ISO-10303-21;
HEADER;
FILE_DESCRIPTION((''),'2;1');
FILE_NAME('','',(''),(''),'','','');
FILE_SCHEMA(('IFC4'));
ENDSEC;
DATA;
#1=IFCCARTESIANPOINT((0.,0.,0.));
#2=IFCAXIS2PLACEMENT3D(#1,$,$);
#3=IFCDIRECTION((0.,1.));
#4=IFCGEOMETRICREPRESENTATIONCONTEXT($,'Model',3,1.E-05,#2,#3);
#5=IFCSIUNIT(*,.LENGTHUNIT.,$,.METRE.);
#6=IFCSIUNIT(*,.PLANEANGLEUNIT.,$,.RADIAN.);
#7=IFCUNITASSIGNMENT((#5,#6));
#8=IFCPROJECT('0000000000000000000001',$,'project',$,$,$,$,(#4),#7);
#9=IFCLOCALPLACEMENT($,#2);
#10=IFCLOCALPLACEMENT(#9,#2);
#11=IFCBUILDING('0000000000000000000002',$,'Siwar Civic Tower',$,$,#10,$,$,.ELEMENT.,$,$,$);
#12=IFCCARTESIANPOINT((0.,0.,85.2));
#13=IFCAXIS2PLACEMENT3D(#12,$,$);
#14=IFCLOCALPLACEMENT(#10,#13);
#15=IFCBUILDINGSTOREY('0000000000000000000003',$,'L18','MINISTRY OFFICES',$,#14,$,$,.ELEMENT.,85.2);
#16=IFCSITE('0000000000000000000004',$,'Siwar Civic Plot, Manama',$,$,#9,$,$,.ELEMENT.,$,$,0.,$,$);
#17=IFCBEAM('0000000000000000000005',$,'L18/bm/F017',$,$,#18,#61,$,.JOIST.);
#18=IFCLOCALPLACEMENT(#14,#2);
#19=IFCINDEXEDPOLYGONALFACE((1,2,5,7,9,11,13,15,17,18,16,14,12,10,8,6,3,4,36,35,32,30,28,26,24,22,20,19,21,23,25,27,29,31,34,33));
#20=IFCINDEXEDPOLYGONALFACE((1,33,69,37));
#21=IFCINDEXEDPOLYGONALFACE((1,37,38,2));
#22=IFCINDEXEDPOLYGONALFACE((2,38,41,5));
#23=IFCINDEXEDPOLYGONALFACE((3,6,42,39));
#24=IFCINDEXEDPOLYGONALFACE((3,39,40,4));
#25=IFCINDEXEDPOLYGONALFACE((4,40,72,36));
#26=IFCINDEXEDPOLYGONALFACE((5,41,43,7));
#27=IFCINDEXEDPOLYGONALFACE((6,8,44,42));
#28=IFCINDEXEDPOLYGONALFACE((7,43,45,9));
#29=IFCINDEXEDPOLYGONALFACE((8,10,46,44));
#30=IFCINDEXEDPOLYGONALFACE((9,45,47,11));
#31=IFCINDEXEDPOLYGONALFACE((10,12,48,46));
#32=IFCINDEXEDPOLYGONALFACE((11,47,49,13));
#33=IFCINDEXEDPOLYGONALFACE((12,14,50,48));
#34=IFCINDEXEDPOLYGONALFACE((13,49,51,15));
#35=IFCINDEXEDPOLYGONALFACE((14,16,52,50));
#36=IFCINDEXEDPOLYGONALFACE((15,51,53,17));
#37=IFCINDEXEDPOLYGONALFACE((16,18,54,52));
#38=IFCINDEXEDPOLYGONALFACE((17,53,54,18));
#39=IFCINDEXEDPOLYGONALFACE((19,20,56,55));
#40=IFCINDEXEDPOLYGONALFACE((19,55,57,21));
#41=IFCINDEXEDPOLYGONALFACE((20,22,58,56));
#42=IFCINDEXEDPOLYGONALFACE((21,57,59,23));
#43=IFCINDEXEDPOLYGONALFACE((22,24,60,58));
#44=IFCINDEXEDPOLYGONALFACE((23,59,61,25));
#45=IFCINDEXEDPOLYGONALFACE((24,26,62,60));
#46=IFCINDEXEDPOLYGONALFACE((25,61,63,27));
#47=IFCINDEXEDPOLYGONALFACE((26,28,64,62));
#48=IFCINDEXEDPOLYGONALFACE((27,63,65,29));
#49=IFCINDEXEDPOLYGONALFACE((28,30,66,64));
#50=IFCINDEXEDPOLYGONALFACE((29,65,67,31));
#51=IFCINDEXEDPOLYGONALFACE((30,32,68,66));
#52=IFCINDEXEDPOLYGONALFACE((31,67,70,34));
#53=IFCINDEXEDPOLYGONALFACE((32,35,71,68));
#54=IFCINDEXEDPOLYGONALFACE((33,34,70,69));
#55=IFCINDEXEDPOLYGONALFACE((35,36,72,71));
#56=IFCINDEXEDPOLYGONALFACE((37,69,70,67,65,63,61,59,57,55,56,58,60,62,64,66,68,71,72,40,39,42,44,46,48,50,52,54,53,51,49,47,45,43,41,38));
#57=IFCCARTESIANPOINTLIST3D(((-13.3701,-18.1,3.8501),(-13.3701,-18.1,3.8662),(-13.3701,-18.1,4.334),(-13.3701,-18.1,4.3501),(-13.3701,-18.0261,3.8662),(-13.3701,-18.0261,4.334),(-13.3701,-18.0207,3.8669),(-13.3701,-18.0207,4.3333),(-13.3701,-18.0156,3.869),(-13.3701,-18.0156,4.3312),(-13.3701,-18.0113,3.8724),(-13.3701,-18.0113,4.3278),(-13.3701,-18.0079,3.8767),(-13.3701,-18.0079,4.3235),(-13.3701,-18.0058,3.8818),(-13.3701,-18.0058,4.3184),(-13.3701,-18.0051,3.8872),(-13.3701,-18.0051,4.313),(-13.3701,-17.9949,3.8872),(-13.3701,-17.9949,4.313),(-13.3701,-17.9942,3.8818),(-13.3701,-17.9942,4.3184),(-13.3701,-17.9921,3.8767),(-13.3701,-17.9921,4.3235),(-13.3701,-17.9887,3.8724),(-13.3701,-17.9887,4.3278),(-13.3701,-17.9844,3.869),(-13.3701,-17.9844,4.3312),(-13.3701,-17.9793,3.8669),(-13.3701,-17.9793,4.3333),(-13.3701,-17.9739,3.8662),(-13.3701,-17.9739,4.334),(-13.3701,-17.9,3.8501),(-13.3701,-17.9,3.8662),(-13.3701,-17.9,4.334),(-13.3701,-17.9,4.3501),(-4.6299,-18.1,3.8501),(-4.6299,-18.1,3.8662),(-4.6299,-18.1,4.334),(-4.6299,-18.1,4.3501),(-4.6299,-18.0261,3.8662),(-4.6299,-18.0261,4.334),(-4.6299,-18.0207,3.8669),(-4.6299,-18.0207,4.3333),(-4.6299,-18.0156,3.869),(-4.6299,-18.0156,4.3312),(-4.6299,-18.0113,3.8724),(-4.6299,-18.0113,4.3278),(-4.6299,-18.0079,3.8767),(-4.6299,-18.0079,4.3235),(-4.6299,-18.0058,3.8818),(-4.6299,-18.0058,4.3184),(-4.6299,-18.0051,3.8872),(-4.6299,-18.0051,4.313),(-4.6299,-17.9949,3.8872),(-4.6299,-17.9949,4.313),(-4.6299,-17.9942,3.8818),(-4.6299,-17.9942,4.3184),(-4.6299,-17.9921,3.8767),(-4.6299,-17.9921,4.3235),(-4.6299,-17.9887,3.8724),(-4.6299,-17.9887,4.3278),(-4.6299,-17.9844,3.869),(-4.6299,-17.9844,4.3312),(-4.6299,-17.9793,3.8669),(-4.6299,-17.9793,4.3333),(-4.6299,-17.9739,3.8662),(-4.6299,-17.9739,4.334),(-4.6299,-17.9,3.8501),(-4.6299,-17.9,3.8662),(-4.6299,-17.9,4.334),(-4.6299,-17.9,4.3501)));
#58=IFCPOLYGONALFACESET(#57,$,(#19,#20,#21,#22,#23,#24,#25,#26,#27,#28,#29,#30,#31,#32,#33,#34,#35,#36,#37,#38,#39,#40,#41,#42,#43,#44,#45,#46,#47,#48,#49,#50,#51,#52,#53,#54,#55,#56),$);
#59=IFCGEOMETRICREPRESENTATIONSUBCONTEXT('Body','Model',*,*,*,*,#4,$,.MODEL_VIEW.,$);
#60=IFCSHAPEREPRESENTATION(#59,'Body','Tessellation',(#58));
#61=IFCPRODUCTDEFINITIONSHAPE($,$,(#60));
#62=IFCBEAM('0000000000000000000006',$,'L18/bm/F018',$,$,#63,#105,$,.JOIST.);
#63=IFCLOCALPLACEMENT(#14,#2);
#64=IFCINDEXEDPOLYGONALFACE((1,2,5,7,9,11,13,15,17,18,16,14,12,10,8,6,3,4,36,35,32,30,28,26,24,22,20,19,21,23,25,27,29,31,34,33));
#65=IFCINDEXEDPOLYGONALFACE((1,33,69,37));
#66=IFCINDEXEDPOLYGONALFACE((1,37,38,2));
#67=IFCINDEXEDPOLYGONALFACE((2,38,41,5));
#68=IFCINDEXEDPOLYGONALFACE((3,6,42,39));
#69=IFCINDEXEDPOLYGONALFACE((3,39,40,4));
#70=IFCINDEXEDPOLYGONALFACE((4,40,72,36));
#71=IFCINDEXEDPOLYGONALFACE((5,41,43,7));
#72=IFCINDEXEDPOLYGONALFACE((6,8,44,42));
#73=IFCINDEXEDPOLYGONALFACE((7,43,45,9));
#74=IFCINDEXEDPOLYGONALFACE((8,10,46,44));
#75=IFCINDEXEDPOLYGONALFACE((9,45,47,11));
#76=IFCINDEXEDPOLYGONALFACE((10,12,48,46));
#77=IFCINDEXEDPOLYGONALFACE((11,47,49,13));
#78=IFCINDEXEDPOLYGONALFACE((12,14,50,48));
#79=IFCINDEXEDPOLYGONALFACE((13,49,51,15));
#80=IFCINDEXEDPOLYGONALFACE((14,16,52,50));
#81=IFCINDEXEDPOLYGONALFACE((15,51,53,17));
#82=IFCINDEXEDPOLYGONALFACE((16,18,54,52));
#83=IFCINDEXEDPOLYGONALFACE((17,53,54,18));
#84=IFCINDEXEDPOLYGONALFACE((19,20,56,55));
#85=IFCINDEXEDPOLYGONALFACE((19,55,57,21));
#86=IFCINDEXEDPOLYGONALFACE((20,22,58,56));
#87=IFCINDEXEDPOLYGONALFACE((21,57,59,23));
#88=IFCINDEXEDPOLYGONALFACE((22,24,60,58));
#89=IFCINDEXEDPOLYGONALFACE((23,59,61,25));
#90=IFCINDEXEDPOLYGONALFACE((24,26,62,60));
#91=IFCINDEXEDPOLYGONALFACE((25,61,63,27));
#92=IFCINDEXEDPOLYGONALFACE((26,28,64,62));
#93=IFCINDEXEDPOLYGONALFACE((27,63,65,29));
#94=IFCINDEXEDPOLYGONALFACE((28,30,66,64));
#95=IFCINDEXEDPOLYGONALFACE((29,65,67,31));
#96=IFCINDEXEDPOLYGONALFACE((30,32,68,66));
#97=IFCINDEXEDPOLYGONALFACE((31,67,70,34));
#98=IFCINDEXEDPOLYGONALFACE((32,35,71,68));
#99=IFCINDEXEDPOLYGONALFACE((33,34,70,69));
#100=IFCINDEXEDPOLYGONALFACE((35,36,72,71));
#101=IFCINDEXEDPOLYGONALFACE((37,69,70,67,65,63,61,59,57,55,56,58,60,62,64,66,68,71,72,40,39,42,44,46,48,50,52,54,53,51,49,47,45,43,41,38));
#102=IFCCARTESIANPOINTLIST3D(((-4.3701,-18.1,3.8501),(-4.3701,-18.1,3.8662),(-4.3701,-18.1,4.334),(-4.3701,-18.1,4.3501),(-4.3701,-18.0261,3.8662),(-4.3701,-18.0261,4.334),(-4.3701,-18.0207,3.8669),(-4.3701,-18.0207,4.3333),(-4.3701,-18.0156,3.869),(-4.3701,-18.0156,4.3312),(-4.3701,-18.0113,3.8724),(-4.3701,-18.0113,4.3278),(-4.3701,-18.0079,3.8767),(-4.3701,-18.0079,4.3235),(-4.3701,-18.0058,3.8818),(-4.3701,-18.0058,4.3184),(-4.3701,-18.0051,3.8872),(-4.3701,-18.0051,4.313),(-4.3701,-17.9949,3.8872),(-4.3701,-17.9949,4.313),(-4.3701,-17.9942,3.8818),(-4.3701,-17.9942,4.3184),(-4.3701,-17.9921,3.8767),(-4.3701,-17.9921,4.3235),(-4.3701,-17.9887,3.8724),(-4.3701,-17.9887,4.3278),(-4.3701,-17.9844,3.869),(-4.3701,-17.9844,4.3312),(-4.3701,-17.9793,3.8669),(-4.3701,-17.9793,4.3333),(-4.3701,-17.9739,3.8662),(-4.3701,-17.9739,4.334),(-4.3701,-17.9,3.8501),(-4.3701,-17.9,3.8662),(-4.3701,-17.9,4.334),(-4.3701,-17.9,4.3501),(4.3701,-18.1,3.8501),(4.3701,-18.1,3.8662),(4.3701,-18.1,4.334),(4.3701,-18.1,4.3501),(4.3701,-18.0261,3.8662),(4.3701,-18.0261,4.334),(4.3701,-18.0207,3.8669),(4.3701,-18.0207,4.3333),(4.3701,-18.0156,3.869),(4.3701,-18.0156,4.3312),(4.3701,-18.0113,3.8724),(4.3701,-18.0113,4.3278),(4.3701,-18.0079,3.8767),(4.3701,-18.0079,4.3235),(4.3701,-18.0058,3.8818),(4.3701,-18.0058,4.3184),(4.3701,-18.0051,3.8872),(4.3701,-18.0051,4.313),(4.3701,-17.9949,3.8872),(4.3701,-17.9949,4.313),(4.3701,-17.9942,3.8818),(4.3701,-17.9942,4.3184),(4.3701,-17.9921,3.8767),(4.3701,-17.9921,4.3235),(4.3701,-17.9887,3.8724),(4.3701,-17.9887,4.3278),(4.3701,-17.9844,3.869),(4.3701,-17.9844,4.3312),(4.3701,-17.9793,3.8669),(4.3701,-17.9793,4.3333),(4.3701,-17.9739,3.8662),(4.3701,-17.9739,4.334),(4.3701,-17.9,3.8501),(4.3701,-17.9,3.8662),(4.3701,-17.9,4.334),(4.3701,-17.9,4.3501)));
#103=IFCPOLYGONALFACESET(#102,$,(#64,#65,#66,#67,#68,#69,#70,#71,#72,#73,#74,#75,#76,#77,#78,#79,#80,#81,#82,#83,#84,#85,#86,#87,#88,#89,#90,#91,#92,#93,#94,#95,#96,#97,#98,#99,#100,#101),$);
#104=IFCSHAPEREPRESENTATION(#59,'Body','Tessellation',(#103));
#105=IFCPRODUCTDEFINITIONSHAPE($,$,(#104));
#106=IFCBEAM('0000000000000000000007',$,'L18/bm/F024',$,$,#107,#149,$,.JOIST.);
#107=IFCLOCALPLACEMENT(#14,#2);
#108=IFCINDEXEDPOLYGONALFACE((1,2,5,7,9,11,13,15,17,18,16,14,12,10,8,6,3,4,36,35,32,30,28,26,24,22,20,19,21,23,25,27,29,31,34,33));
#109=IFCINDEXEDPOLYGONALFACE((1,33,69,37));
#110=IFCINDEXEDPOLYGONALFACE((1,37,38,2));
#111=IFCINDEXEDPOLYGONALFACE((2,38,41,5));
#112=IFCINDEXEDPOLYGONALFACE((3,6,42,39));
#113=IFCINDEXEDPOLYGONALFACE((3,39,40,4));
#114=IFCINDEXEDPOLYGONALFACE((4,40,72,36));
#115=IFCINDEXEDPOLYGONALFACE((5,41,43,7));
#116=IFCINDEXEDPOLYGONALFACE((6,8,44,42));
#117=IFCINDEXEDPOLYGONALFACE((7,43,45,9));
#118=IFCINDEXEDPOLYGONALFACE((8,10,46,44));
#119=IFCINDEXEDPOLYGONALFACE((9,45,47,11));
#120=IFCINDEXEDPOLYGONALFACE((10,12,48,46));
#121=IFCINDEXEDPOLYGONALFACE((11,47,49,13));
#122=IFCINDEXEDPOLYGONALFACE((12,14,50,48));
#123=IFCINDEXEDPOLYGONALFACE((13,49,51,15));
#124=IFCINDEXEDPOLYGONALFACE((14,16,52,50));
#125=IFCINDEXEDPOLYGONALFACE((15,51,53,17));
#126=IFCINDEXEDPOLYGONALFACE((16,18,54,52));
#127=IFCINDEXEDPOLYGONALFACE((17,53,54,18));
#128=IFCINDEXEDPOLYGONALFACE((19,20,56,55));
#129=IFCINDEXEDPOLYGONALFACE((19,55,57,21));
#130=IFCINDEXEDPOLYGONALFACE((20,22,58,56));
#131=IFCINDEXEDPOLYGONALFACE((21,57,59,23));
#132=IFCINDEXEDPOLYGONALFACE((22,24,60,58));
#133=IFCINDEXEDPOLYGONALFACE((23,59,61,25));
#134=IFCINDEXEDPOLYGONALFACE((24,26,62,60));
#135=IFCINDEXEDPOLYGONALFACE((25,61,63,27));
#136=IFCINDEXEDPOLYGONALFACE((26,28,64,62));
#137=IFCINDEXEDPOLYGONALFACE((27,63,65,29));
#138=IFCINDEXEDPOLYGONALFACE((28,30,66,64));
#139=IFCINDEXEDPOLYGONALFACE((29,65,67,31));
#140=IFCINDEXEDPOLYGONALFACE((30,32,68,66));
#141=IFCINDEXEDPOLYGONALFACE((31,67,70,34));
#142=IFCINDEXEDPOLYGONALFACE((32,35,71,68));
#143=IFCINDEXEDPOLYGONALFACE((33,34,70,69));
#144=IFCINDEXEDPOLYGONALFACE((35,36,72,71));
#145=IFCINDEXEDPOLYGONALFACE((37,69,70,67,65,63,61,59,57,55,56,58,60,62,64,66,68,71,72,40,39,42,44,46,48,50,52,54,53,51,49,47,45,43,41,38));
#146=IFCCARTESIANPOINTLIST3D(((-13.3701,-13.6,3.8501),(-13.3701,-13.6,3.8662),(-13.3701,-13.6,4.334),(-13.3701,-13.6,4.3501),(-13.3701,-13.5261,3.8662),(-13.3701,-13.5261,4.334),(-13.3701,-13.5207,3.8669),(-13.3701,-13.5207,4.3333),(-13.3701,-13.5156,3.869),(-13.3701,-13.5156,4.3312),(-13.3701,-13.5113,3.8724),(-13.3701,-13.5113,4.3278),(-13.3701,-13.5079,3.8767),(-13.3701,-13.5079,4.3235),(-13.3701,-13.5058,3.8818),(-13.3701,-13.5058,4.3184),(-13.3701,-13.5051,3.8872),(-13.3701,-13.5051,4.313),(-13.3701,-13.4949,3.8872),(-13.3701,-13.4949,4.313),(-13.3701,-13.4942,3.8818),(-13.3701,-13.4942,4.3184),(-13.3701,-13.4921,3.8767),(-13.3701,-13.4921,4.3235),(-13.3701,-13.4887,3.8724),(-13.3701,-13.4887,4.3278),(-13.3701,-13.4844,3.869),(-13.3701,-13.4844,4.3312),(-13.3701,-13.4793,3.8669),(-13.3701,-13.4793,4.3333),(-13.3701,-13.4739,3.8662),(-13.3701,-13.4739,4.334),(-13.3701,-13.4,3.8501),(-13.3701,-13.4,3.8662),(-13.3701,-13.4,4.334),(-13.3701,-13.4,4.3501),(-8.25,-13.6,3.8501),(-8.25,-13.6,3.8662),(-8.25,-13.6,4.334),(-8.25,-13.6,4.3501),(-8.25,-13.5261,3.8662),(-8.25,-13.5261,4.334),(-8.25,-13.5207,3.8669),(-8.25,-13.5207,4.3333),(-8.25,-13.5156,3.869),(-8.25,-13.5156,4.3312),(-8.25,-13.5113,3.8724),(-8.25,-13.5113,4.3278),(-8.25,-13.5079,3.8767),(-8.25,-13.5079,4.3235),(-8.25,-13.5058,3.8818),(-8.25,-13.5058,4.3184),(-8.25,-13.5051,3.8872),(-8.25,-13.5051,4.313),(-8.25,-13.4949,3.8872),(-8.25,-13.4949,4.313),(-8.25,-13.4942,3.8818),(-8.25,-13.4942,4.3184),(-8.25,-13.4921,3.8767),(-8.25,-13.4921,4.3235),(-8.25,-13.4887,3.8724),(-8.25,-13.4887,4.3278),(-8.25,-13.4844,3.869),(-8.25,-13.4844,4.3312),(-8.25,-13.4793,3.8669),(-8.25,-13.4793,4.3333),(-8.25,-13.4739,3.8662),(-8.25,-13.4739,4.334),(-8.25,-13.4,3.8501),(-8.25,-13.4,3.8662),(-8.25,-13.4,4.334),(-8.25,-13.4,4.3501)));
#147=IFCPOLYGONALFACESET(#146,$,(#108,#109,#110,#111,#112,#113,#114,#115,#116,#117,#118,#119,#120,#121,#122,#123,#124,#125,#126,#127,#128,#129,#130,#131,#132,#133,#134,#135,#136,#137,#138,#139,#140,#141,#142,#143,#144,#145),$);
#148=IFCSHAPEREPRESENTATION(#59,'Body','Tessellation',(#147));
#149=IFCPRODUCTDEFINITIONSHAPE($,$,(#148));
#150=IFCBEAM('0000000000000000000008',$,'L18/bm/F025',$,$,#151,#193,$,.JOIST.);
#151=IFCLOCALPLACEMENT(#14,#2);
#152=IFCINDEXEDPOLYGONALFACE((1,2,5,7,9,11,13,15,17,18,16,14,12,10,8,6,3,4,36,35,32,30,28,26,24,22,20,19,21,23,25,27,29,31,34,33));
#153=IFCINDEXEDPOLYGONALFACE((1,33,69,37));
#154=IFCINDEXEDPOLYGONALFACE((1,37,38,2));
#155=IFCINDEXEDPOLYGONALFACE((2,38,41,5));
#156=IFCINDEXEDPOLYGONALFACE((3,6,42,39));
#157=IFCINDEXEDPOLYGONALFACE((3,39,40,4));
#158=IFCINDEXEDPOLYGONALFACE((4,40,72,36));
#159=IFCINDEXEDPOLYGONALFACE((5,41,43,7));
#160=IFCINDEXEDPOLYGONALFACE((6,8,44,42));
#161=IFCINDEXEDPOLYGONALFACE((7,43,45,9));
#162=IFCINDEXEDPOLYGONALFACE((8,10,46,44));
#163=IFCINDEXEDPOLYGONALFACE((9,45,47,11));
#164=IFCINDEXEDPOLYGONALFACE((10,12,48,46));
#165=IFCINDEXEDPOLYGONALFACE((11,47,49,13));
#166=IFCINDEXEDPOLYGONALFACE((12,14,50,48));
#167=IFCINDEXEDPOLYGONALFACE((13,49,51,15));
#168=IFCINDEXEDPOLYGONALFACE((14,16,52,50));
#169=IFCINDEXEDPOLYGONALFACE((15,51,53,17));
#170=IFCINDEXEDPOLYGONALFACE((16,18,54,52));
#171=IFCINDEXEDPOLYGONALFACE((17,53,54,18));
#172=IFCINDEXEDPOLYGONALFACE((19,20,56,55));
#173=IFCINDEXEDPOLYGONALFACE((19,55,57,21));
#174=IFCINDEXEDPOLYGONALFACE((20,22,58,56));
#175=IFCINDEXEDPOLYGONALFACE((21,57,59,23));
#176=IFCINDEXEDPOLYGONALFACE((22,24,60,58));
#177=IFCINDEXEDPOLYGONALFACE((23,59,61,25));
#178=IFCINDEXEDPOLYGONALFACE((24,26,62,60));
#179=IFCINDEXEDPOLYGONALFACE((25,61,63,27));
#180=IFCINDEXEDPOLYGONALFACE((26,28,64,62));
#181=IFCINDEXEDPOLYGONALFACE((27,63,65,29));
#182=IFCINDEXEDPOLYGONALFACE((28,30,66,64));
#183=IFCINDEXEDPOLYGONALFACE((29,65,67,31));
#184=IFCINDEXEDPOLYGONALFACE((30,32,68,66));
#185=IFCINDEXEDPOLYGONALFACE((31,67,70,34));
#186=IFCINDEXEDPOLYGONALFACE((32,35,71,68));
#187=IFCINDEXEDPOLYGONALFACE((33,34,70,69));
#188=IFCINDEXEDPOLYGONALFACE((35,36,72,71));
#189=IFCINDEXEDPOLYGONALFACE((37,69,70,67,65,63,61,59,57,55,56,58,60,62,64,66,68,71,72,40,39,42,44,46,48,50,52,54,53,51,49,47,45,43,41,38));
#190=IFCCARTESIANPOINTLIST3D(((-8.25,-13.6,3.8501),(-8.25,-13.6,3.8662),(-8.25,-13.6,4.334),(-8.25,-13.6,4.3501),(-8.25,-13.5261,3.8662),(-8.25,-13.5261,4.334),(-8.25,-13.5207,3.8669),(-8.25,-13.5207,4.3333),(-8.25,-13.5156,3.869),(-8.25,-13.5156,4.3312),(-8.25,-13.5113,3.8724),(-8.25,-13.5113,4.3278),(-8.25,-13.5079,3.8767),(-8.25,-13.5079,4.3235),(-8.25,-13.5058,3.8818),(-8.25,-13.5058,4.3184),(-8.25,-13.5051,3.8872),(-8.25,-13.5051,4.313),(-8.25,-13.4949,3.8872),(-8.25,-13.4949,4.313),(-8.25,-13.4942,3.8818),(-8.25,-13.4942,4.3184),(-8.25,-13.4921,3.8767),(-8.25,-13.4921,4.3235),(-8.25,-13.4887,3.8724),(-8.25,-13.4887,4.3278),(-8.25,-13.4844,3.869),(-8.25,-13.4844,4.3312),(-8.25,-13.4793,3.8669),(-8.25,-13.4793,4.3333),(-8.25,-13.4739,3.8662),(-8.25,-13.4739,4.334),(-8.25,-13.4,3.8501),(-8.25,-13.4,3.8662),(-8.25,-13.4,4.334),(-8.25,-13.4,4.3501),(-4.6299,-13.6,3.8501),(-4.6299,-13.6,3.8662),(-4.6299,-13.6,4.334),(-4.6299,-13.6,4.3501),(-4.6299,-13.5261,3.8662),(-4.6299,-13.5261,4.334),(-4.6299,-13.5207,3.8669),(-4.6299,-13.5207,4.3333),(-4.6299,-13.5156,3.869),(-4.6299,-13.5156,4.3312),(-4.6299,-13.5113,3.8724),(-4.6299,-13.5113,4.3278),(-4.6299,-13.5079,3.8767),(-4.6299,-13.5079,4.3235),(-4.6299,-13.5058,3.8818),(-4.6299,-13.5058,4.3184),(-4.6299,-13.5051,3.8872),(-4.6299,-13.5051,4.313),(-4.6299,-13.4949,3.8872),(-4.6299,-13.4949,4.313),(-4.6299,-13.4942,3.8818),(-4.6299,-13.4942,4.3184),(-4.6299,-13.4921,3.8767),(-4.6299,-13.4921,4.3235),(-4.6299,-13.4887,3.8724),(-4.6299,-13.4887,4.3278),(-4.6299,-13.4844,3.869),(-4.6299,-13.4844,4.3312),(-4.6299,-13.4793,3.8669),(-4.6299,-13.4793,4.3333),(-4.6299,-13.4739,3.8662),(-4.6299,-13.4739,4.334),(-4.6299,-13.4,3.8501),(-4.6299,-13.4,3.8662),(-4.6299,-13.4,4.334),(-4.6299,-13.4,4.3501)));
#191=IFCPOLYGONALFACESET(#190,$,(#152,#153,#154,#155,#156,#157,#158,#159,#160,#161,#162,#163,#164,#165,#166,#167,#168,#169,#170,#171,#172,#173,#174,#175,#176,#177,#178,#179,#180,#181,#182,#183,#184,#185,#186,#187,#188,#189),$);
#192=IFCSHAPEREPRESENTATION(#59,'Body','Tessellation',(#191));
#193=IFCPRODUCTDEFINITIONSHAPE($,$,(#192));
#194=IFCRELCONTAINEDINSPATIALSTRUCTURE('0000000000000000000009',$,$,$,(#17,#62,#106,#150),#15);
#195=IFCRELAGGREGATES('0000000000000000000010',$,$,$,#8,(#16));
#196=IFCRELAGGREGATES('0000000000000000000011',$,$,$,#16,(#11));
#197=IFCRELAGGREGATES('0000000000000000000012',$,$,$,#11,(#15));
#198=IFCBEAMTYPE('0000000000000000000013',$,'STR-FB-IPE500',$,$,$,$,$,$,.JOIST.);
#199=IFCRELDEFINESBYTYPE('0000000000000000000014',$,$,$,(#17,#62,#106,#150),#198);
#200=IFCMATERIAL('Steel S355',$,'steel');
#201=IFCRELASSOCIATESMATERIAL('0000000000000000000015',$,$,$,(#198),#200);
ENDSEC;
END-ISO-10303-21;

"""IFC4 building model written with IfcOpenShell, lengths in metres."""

from ifc_helpers import new_model, si_unit, direction, frame, origin, origin_2d, place, context, subcontext, project, spatial, i_section, extrude, material, material_profile, profile_set, type_object, element, save


model = new_model("IFC4")

# Units and contexts
model_context = context("Model", 3, precision=1e-05, world=origin(), true_north=direction((0.0, 1.0)))
body_context = subcontext(model_context, "Body", "Model", "MODEL_VIEW")
ifc_project = project(units=[si_unit("LENGTHUNIT", "METRE"), si_unit("PLANEANGLEUNIT", "RADIAN")], contexts=[model_context])

# Site, building, storey
site_placement = place(None, origin())
site = spatial("IfcSite", under=ifc_project, at=site_placement, Name="Siwar Civic Plot, Manama", CompositionType="ELEMENT", RefElevation=0.0)
building_placement = place(site_placement, origin())
building = spatial("IfcBuilding", under=site, at=building_placement, Name="Siwar Civic Tower", CompositionType="ELEMENT")
storey_placement = place(building_placement, frame((0.0, 0.0, 85.2)))
storey = spatial("IfcBuildingStorey", under=building, at=storey_placement, Name="L18", Description="MINISTRY OFFICES", CompositionType="ELEMENT", Elevation=85.2)

# Beams
ifc_material_1 = material(Name="Steel S355", Category="steel")
ifc_material_profile = material_profile(ifc_material_1, i_section(OverallWidth=0.2, OverallDepth=0.5, WebThickness=0.0103, FlangeThickness=0.0161, FilletRadius=0.021, at=origin_2d()), Name="IPE500")
ifc_profile_set = profile_set([ifc_material_profile], Name="Steel S355")
beam_type = type_object("IfcBeamType", Name="STR-FB-IPE500", PredefinedType="JOIST", material=ifc_profile_set)
for number, where, z_axis, x_axis, name in (
    (1, (-13.3701, -18.0, 4.1001), (1.0, 0.0, 0.0), (0.0, 1.0, 0.0), "L18/bm/F017"),
    (2, (-4.3701, -18.0, 4.1001), (1.0, 0.0, 0.0), (0.0, 1.0, 0.0), "L18/bm/F018"),
):
    element("IfcBeam", number, at=place(storey_placement, frame(where, z_axis=z_axis, x_axis=x_axis)), inside=storey, type_object=beam_type, Name=name, PredefinedType="JOIST", context=body_context, shape_type="SweptSolid", body=[
        extrude(i_section(OverallWidth=0.2, OverallDepth=0.5, WebThickness=0.0103, FlangeThickness=0.0161, FilletRadius=0.021, at=origin_2d()), origin(), (0.0, 0.0, 1.0), 8.7402),
    ])
beam_1_placement = place(storey_placement, frame((-13.3701, -13.5, 4.1001), z_axis=(1.0, 0.0, 0.0), x_axis=(0.0, 1.0, 0.0)))
element("IfcBeam", 3, at=beam_1_placement, inside=storey, type_object=beam_type, Name="L18/bm/F024", PredefinedType="JOIST", context=body_context, shape_type="SweptSolid", body=[
    extrude(i_section(OverallWidth=0.2, OverallDepth=0.5, WebThickness=0.0103, FlangeThickness=0.0161, FilletRadius=0.021, at=origin_2d()), origin(), (0.0, 0.0, 1.0), 5.1201),
])
beam_2_placement = place(storey_placement, frame((-8.25, -13.5, 4.1001), z_axis=(1.0, 0.0, 0.0), x_axis=(0.0, 1.0, 0.0)))
element("IfcBeam", 4, at=beam_2_placement, inside=storey, type_object=beam_type, Name="L18/bm/F025", PredefinedType="JOIST", context=body_context, shape_type="SweptSolid", body=[
    extrude(i_section(OverallWidth=0.2, OverallDepth=0.5, WebThickness=0.0103, FlangeThickness=0.0161, FilletRadius=0.021, at=origin_2d()), origin(), (0.0, 0.0, 1.0), 3.6201),
])

save(model, "model.ifc")
